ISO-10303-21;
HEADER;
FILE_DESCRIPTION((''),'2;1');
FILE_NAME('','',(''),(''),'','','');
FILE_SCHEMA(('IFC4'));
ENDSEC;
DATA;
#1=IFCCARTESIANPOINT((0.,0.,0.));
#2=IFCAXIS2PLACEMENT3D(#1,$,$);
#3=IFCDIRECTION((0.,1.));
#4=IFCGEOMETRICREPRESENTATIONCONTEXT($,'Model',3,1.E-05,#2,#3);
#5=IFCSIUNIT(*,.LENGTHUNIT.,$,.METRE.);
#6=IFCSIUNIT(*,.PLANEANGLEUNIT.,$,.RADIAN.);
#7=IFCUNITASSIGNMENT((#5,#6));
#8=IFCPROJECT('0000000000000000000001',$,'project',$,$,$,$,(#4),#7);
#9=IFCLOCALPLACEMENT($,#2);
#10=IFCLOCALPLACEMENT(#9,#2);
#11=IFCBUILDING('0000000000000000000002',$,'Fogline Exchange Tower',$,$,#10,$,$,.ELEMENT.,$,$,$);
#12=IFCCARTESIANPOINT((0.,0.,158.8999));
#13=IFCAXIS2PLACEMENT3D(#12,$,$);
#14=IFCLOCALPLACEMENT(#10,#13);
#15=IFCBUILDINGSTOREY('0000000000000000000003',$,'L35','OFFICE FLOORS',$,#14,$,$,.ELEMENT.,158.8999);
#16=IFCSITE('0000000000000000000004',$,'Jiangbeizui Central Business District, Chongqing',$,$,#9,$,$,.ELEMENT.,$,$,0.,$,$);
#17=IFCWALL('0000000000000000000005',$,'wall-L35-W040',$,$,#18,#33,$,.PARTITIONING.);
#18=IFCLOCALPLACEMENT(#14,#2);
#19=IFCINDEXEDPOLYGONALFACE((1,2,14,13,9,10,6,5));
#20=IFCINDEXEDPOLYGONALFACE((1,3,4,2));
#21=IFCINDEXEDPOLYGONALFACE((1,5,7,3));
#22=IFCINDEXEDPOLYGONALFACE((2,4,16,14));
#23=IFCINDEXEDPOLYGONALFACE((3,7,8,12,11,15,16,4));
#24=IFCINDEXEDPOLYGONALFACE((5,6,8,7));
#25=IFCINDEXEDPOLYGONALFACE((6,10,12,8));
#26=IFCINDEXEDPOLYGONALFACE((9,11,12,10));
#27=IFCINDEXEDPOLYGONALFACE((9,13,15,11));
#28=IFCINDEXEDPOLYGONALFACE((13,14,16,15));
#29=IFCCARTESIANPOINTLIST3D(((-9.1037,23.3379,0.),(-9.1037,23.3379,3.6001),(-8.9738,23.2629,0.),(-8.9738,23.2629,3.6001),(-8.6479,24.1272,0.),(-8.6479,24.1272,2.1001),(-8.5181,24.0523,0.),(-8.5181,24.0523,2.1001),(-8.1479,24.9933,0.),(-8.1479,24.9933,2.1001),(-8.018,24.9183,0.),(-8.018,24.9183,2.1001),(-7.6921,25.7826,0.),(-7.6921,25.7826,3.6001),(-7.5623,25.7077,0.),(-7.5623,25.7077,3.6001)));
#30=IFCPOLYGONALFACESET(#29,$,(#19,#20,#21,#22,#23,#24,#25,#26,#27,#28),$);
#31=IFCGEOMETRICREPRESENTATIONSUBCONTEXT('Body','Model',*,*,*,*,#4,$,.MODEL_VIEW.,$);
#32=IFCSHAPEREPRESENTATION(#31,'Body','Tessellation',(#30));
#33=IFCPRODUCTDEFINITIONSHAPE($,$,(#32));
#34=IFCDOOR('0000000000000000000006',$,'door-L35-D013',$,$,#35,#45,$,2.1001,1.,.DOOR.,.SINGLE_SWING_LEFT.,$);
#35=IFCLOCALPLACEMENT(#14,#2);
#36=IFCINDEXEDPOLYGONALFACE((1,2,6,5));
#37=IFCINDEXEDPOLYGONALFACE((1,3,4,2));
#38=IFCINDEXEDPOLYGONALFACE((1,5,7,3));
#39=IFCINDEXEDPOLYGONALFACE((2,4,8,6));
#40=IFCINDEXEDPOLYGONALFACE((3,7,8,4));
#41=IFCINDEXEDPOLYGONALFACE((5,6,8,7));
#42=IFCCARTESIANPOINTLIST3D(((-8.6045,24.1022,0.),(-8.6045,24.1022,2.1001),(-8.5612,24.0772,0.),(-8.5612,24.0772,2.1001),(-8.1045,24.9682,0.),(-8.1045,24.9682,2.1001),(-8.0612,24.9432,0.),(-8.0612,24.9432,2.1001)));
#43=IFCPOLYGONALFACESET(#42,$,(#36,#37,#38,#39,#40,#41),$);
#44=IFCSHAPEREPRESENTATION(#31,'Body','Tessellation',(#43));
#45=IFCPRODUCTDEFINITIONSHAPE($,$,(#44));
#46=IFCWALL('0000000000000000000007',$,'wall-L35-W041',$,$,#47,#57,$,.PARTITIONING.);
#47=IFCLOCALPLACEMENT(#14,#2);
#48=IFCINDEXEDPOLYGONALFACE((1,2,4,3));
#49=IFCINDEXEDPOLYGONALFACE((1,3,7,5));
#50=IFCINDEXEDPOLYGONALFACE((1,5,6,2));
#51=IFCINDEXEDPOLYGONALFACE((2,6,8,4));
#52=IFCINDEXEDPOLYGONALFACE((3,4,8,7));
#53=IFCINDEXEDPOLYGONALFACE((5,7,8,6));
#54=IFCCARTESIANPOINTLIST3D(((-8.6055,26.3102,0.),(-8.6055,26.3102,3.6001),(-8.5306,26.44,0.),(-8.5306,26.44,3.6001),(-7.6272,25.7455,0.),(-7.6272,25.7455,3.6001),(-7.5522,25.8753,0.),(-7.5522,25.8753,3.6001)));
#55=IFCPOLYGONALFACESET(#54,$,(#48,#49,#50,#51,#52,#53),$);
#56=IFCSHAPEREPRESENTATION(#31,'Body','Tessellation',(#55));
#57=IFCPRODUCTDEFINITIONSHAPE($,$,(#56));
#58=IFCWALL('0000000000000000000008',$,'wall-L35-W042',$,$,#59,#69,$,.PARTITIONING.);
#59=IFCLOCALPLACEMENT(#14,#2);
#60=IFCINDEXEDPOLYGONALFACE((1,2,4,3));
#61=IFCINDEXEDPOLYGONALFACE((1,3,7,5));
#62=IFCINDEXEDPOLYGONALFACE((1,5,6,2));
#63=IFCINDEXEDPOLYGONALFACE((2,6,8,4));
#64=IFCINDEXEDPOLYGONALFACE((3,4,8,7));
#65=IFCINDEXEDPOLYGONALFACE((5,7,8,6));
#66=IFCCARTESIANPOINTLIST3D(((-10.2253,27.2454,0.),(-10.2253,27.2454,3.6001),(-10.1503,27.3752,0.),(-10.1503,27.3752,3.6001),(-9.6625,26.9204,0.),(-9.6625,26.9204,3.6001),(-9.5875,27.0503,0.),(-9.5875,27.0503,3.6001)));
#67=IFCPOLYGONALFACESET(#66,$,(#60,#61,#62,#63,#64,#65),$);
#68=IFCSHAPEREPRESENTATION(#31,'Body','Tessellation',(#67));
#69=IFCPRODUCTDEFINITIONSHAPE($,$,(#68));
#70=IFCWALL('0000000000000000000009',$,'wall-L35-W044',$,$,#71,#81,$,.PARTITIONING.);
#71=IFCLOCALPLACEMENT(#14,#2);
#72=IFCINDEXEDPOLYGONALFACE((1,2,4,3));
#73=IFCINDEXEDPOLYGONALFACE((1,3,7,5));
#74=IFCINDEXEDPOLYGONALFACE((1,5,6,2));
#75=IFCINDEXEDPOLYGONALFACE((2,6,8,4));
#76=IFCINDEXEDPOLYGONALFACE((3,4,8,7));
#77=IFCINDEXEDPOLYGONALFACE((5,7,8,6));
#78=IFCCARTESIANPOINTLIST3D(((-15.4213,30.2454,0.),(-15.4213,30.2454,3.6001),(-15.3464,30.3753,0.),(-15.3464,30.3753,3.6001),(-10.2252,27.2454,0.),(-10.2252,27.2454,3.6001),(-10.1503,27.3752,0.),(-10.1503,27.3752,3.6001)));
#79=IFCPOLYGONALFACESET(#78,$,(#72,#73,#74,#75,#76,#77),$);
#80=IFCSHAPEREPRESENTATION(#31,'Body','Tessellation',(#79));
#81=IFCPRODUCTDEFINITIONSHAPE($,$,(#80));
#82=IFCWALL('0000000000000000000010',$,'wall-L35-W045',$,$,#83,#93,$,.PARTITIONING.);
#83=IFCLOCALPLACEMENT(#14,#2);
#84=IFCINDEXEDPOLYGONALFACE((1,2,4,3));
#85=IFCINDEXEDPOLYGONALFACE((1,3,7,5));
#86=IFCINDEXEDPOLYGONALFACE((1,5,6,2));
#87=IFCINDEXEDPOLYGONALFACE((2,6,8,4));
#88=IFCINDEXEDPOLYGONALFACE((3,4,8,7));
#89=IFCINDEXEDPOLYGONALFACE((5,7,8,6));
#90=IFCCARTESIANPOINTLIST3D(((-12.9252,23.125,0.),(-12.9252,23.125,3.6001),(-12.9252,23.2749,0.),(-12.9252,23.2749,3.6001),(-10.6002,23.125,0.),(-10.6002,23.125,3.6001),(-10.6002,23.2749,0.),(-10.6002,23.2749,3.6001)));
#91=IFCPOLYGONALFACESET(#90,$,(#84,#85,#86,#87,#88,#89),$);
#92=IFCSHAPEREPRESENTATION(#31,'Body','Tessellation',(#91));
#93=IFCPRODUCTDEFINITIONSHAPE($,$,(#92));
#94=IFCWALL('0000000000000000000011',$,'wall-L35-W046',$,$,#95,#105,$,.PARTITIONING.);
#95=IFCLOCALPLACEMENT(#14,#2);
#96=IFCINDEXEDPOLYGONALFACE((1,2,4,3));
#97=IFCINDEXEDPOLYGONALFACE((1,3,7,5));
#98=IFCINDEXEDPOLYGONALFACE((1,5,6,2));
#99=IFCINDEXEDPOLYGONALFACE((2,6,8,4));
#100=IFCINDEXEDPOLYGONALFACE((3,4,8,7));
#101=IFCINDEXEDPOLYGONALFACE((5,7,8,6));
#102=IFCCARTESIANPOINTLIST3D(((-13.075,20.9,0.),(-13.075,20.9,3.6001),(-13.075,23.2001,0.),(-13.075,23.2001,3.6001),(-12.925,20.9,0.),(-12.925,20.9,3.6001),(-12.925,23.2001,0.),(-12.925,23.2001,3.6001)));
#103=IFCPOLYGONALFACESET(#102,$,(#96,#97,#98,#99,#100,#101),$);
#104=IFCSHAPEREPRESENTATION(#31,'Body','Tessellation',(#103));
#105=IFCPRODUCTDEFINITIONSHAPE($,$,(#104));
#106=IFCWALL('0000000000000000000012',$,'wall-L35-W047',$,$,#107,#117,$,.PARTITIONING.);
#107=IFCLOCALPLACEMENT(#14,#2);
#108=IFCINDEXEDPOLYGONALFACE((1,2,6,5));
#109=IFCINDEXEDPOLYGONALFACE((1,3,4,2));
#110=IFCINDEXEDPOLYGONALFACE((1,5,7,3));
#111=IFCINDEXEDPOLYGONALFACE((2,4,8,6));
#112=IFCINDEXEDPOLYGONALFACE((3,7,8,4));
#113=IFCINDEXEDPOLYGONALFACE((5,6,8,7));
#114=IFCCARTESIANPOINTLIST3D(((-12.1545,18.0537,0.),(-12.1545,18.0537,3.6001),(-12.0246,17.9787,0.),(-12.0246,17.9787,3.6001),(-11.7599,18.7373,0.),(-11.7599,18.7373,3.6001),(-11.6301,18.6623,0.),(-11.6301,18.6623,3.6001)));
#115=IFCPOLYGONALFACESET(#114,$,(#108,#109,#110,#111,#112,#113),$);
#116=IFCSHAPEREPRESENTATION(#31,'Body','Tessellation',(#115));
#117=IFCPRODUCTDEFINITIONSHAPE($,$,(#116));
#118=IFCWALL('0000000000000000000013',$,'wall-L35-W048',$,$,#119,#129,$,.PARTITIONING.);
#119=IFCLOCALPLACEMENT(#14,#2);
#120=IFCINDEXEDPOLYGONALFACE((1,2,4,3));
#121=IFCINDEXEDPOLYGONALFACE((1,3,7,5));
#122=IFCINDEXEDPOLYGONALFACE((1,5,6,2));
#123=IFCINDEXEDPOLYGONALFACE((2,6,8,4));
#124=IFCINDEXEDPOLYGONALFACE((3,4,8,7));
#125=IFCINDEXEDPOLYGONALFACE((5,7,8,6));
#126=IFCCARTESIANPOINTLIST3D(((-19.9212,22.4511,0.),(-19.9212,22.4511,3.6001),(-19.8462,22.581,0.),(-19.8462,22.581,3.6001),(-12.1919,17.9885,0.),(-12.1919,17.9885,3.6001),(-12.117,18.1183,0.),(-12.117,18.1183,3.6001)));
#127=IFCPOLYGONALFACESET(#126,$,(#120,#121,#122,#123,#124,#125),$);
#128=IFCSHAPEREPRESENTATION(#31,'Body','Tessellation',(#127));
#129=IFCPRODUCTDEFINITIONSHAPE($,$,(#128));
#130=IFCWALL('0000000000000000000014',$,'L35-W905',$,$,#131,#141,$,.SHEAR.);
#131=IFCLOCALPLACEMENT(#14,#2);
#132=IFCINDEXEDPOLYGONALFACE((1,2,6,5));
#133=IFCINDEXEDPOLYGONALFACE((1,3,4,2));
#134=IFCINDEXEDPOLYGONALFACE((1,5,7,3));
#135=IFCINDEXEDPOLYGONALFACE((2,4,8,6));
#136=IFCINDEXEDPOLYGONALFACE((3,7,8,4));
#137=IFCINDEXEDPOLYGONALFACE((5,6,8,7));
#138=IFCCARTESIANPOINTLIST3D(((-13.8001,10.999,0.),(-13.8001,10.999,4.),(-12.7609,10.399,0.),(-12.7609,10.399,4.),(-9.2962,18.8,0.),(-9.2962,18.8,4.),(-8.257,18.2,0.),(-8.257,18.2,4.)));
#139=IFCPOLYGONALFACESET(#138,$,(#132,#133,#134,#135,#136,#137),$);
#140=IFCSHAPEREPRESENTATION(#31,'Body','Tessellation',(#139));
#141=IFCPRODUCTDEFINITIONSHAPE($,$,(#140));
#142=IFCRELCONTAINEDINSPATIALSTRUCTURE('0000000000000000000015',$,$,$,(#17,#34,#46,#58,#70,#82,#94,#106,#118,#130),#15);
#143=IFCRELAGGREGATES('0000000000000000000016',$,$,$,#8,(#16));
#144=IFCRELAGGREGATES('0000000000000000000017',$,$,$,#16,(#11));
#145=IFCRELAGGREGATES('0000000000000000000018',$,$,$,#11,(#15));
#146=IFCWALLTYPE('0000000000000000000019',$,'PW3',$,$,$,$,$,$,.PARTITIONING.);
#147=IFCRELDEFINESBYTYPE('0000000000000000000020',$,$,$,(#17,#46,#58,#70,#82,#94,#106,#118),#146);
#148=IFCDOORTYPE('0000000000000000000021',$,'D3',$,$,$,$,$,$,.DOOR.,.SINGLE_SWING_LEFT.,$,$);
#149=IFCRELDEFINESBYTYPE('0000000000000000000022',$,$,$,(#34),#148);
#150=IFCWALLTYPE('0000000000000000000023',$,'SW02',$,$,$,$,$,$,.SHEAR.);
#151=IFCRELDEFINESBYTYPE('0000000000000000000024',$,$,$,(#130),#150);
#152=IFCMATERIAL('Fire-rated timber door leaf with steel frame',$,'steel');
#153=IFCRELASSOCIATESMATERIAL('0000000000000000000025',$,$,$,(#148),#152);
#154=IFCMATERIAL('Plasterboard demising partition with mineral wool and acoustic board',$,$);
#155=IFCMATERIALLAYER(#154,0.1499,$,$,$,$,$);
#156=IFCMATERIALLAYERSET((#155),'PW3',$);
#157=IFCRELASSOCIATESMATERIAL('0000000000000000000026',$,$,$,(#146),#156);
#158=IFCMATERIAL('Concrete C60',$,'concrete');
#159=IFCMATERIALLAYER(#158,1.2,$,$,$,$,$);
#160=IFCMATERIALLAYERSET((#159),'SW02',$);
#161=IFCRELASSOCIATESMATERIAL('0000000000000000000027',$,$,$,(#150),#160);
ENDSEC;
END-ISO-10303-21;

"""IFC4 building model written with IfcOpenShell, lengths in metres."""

from ifc_helpers import new_model, si_unit, direction, frame, frame_2d, origin, place, context, subcontext, project, spatial, rectangle, extrude, material, layer, layer_set, type_object, element, fill, save


model = new_model("IFC4")

# Units and contexts
model_context = context("Model", 3, precision=1e-05, world=origin(), true_north=direction((0.0, 1.0)))
body_context = subcontext(model_context, "Body", "Model", "MODEL_VIEW")
ifc_project = project(units=[si_unit("LENGTHUNIT", "METRE"), si_unit("PLANEANGLEUNIT", "RADIAN")], contexts=[model_context])

# Site, building, storey
site_placement = place(None, origin())
site = spatial("IfcSite", under=ifc_project, at=site_placement, Name="Jiangbeizui Central Business District, Chongqing", CompositionType="ELEMENT", RefElevation=0.0)
building_placement = place(site_placement, origin())
building = spatial("IfcBuilding", under=site, at=building_placement, Name="Fogline Exchange Tower", CompositionType="ELEMENT")
storey_placement = place(building_placement, frame((0.0, 0.0, 158.8999)))
storey = spatial("IfcBuildingStorey", under=building, at=storey_placement, Name="L35", Description="OFFICE FLOORS", CompositionType="ELEMENT", Elevation=158.8999)

# Shared definitions
ifc_material_1 = material(Name="Fire-rated timber door leaf with steel frame", Category="steel")
door_type_1 = type_object("IfcDoorType", Name="D3", OperationType="SINGLE_SWING_LEFT", PredefinedType="DOOR", material=ifc_material_1)

# Wall, opening, door
ifc_material_2 = material(Name="Plasterboard demising partition with mineral wool and acoustic board")
ifc_layer_1 = layer(ifc_material_2, 0.1499)
ifc_layer_set_1 = layer_set([ifc_layer_1], Name="PW3")
wall_type_1 = type_object("IfcWallType", Name="PW3", PredefinedType="PARTITIONING", material=ifc_layer_set_1)
wall_1_placement = place(storey_placement, frame((-9.0388, 23.3003, 0.0), z_axis=(0.0, 0.0, 1.0), x_axis=(0.500027, 0.86601, 0.0)))
wall_1 = element("IfcWall", 1, at=wall_1_placement, inside=storey, type_object=wall_type_1, Name="wall-L35-W040", PredefinedType="PARTITIONING", context=body_context, shape_type="SweptSolid", body=[
    extrude(rectangle(XDim=2.823, YDim=0.1499, at=frame_2d((1.4116, 0.0))), origin(), (0.0, 0.0, 1.0), 3.6001),
])
opening_1_placement = place(wall_1_placement, frame((0.9116, 0.0, 0.0)))
opening_1 = element("IfcOpeningElement", 2, at=opening_1_placement, cuts=wall_1, PredefinedType="OPENING", context=body_context, shape_type="SweptSolid", body=[
    extrude(rectangle(XDim=1.0, YDim=2.1001, at=frame_2d((0.5, 1.05))), frame((0.0, 0.085, 0.0), z_axis=(0.0, -1.0, 0.0), x_axis=(1.0, 0.0, 0.0)), (0.0, 0.0, 1.0), 0.1699),
])
door_1_placement = place(opening_1_placement, origin())
door_1 = element("IfcDoor", 3, at=door_1_placement, inside=storey, type_object=door_type_1, Name="door-L35-D013", OperationType="SINGLE_SWING_LEFT", OverallHeight=2.1001, OverallWidth=1.0, PredefinedType="DOOR", context=body_context, shape_type="SweptSolid", body=[
    extrude(rectangle(XDim=1.0, YDim=2.1001, at=frame_2d((0.5, 1.05))), frame((0.0, 0.0249, 0.0), z_axis=(0.0, -1.0, 0.0), x_axis=(1.0, 0.0, 0.0)), (0.0, 0.0, 1.0), 0.05),
])
fill(opening_1, door_1)

# Walls
wall_2_placement = place(storey_placement, frame((-7.5896, 25.8103, 0.0), z_axis=(0.0, 0.0, 1.0), x_axis=(-0.866067, 0.499928, 0.0)))
element("IfcWall", 4, at=wall_2_placement, inside=storey, type_object=wall_type_1, Name="wall-L35-W041", PredefinedType="PARTITIONING", context=body_context, shape_type="SweptSolid", body=[
    extrude(rectangle(XDim=1.1296, YDim=0.1499, at=frame_2d((0.5649, 0.0))), origin(), (0.0, 0.0, 1.0), 3.6001),
])
wall_3_placement = place(storey_placement, frame((-9.625, 26.9854, 0.0), z_axis=(0.0, 0.0, 1.0), x_axis=(-0.865992, 0.500059, 0.0)))
element("IfcWall", 5, at=wall_3_placement, inside=storey, type_object=wall_type_1, Name="wall-L35-W042", PredefinedType="PARTITIONING", context=body_context, shape_type="SweptSolid", body=[
    extrude(rectangle(XDim=0.6499, YDim=0.1499, at=frame_2d((0.325, 0.0))), origin(), (0.0, 0.0, 1.0), 3.6001),
])
wall_4_placement = place(storey_placement, frame((-10.1877, 27.3103, 0.0), z_axis=(0.0, 0.0, 1.0), x_axis=(-0.866021, 0.500008, 0.0)))
element("IfcWall", 6, at=wall_4_placement, inside=storey, type_object=wall_type_1, Name="wall-L35-W044", PredefinedType="PARTITIONING", context=body_context, shape_type="SweptSolid", body=[
    extrude(rectangle(XDim=6.0, YDim=0.1499, at=frame_2d((3.0, 0.0))), origin(), (0.0, 0.0, 1.0), 3.6001),
])
wall_5_placement = place(storey_placement, frame((-10.6001, 23.2, 0.0), z_axis=(0.0, 0.0, 1.0), x_axis=(-1.0, 0.0, 0.0)))
element("IfcWall", 7, at=wall_5_placement, inside=storey, type_object=wall_type_1, Name="wall-L35-W045", PredefinedType="PARTITIONING", context=body_context, shape_type="SweptSolid", body=[
    extrude(rectangle(XDim=2.325, YDim=0.1499, at=frame_2d((1.1626, 0.0))), origin(), (0.0, 0.0, 1.0), 3.6001),
])
wall_6_placement = place(storey_placement, frame((-13.0, 23.2, 0.0), z_axis=(0.0, 0.0, 1.0), x_axis=(0.0, -1.0, 0.0)))
element("IfcWall", 8, at=wall_6_placement, inside=storey, type_object=wall_type_1, Name="wall-L35-W046", PredefinedType="PARTITIONING", context=body_context, shape_type="SweptSolid", body=[
    extrude(rectangle(XDim=2.3, YDim=0.1499, at=frame_2d((1.1499, 0.0))), origin(), (0.0, 0.0, 1.0), 3.6001),
])
wall_7_placement = place(storey_placement, frame((-11.6951, 18.6997, 0.0), z_axis=(0.0, 0.0, 1.0), x_axis=(-0.499865, -0.866103, 0.0)))
element("IfcWall", 9, at=wall_7_placement, inside=storey, type_object=wall_type_1, Name="wall-L35-W047", PredefinedType="PARTITIONING", context=body_context, shape_type="SweptSolid", body=[
    extrude(rectangle(XDim=0.7893, YDim=0.1499, at=frame_2d((0.3945, 0.0))), origin(), (0.0, 0.0, 1.0), 3.6001),
])
wall_8_placement = place(storey_placement, frame((-12.1545, 18.0535, 0.0), z_axis=(0.0, 0.0, 1.0), x_axis=(-0.866017, 0.500014, 0.0)))
element("IfcWall", 10, at=wall_8_placement, inside=storey, type_object=wall_type_1, Name="wall-L35-W048", PredefinedType="PARTITIONING", context=body_context, shape_type="SweptSolid", body=[
    extrude(rectangle(XDim=8.925, YDim=0.1499, at=frame_2d((4.4624, 0.0))), origin(), (0.0, 0.0, 1.0), 3.6001),
])
ifc_material_3 = material(Name="Concrete C60", Category="concrete")
ifc_layer_2 = layer(ifc_material_3, 1.2)
ifc_layer_set_2 = layer_set([ifc_layer_2], Name="SW02")
wall_type_2 = type_object("IfcWallType", Name="SW02", PredefinedType="SHEAR", material=ifc_layer_set_2)
wall_9_placement = place(storey_placement, frame((-8.7766, 18.5, 0.0), z_axis=(0.0, 0.0, 1.0), x_axis=(-0.499999, -0.866026, 0.0)))
element("IfcWall", 11, at=wall_9_placement, inside=storey, type_object=wall_type_2, Name="L35-W905", PredefinedType="SHEAR", context=body_context, shape_type="SweptSolid", body=[
    extrude(rectangle(XDim=9.0078, YDim=1.2, at=frame_2d((4.5039, 0.0))), origin(), (0.0, 0.0, 1.0), 4.0),
])

save(model, "model.ifc")
